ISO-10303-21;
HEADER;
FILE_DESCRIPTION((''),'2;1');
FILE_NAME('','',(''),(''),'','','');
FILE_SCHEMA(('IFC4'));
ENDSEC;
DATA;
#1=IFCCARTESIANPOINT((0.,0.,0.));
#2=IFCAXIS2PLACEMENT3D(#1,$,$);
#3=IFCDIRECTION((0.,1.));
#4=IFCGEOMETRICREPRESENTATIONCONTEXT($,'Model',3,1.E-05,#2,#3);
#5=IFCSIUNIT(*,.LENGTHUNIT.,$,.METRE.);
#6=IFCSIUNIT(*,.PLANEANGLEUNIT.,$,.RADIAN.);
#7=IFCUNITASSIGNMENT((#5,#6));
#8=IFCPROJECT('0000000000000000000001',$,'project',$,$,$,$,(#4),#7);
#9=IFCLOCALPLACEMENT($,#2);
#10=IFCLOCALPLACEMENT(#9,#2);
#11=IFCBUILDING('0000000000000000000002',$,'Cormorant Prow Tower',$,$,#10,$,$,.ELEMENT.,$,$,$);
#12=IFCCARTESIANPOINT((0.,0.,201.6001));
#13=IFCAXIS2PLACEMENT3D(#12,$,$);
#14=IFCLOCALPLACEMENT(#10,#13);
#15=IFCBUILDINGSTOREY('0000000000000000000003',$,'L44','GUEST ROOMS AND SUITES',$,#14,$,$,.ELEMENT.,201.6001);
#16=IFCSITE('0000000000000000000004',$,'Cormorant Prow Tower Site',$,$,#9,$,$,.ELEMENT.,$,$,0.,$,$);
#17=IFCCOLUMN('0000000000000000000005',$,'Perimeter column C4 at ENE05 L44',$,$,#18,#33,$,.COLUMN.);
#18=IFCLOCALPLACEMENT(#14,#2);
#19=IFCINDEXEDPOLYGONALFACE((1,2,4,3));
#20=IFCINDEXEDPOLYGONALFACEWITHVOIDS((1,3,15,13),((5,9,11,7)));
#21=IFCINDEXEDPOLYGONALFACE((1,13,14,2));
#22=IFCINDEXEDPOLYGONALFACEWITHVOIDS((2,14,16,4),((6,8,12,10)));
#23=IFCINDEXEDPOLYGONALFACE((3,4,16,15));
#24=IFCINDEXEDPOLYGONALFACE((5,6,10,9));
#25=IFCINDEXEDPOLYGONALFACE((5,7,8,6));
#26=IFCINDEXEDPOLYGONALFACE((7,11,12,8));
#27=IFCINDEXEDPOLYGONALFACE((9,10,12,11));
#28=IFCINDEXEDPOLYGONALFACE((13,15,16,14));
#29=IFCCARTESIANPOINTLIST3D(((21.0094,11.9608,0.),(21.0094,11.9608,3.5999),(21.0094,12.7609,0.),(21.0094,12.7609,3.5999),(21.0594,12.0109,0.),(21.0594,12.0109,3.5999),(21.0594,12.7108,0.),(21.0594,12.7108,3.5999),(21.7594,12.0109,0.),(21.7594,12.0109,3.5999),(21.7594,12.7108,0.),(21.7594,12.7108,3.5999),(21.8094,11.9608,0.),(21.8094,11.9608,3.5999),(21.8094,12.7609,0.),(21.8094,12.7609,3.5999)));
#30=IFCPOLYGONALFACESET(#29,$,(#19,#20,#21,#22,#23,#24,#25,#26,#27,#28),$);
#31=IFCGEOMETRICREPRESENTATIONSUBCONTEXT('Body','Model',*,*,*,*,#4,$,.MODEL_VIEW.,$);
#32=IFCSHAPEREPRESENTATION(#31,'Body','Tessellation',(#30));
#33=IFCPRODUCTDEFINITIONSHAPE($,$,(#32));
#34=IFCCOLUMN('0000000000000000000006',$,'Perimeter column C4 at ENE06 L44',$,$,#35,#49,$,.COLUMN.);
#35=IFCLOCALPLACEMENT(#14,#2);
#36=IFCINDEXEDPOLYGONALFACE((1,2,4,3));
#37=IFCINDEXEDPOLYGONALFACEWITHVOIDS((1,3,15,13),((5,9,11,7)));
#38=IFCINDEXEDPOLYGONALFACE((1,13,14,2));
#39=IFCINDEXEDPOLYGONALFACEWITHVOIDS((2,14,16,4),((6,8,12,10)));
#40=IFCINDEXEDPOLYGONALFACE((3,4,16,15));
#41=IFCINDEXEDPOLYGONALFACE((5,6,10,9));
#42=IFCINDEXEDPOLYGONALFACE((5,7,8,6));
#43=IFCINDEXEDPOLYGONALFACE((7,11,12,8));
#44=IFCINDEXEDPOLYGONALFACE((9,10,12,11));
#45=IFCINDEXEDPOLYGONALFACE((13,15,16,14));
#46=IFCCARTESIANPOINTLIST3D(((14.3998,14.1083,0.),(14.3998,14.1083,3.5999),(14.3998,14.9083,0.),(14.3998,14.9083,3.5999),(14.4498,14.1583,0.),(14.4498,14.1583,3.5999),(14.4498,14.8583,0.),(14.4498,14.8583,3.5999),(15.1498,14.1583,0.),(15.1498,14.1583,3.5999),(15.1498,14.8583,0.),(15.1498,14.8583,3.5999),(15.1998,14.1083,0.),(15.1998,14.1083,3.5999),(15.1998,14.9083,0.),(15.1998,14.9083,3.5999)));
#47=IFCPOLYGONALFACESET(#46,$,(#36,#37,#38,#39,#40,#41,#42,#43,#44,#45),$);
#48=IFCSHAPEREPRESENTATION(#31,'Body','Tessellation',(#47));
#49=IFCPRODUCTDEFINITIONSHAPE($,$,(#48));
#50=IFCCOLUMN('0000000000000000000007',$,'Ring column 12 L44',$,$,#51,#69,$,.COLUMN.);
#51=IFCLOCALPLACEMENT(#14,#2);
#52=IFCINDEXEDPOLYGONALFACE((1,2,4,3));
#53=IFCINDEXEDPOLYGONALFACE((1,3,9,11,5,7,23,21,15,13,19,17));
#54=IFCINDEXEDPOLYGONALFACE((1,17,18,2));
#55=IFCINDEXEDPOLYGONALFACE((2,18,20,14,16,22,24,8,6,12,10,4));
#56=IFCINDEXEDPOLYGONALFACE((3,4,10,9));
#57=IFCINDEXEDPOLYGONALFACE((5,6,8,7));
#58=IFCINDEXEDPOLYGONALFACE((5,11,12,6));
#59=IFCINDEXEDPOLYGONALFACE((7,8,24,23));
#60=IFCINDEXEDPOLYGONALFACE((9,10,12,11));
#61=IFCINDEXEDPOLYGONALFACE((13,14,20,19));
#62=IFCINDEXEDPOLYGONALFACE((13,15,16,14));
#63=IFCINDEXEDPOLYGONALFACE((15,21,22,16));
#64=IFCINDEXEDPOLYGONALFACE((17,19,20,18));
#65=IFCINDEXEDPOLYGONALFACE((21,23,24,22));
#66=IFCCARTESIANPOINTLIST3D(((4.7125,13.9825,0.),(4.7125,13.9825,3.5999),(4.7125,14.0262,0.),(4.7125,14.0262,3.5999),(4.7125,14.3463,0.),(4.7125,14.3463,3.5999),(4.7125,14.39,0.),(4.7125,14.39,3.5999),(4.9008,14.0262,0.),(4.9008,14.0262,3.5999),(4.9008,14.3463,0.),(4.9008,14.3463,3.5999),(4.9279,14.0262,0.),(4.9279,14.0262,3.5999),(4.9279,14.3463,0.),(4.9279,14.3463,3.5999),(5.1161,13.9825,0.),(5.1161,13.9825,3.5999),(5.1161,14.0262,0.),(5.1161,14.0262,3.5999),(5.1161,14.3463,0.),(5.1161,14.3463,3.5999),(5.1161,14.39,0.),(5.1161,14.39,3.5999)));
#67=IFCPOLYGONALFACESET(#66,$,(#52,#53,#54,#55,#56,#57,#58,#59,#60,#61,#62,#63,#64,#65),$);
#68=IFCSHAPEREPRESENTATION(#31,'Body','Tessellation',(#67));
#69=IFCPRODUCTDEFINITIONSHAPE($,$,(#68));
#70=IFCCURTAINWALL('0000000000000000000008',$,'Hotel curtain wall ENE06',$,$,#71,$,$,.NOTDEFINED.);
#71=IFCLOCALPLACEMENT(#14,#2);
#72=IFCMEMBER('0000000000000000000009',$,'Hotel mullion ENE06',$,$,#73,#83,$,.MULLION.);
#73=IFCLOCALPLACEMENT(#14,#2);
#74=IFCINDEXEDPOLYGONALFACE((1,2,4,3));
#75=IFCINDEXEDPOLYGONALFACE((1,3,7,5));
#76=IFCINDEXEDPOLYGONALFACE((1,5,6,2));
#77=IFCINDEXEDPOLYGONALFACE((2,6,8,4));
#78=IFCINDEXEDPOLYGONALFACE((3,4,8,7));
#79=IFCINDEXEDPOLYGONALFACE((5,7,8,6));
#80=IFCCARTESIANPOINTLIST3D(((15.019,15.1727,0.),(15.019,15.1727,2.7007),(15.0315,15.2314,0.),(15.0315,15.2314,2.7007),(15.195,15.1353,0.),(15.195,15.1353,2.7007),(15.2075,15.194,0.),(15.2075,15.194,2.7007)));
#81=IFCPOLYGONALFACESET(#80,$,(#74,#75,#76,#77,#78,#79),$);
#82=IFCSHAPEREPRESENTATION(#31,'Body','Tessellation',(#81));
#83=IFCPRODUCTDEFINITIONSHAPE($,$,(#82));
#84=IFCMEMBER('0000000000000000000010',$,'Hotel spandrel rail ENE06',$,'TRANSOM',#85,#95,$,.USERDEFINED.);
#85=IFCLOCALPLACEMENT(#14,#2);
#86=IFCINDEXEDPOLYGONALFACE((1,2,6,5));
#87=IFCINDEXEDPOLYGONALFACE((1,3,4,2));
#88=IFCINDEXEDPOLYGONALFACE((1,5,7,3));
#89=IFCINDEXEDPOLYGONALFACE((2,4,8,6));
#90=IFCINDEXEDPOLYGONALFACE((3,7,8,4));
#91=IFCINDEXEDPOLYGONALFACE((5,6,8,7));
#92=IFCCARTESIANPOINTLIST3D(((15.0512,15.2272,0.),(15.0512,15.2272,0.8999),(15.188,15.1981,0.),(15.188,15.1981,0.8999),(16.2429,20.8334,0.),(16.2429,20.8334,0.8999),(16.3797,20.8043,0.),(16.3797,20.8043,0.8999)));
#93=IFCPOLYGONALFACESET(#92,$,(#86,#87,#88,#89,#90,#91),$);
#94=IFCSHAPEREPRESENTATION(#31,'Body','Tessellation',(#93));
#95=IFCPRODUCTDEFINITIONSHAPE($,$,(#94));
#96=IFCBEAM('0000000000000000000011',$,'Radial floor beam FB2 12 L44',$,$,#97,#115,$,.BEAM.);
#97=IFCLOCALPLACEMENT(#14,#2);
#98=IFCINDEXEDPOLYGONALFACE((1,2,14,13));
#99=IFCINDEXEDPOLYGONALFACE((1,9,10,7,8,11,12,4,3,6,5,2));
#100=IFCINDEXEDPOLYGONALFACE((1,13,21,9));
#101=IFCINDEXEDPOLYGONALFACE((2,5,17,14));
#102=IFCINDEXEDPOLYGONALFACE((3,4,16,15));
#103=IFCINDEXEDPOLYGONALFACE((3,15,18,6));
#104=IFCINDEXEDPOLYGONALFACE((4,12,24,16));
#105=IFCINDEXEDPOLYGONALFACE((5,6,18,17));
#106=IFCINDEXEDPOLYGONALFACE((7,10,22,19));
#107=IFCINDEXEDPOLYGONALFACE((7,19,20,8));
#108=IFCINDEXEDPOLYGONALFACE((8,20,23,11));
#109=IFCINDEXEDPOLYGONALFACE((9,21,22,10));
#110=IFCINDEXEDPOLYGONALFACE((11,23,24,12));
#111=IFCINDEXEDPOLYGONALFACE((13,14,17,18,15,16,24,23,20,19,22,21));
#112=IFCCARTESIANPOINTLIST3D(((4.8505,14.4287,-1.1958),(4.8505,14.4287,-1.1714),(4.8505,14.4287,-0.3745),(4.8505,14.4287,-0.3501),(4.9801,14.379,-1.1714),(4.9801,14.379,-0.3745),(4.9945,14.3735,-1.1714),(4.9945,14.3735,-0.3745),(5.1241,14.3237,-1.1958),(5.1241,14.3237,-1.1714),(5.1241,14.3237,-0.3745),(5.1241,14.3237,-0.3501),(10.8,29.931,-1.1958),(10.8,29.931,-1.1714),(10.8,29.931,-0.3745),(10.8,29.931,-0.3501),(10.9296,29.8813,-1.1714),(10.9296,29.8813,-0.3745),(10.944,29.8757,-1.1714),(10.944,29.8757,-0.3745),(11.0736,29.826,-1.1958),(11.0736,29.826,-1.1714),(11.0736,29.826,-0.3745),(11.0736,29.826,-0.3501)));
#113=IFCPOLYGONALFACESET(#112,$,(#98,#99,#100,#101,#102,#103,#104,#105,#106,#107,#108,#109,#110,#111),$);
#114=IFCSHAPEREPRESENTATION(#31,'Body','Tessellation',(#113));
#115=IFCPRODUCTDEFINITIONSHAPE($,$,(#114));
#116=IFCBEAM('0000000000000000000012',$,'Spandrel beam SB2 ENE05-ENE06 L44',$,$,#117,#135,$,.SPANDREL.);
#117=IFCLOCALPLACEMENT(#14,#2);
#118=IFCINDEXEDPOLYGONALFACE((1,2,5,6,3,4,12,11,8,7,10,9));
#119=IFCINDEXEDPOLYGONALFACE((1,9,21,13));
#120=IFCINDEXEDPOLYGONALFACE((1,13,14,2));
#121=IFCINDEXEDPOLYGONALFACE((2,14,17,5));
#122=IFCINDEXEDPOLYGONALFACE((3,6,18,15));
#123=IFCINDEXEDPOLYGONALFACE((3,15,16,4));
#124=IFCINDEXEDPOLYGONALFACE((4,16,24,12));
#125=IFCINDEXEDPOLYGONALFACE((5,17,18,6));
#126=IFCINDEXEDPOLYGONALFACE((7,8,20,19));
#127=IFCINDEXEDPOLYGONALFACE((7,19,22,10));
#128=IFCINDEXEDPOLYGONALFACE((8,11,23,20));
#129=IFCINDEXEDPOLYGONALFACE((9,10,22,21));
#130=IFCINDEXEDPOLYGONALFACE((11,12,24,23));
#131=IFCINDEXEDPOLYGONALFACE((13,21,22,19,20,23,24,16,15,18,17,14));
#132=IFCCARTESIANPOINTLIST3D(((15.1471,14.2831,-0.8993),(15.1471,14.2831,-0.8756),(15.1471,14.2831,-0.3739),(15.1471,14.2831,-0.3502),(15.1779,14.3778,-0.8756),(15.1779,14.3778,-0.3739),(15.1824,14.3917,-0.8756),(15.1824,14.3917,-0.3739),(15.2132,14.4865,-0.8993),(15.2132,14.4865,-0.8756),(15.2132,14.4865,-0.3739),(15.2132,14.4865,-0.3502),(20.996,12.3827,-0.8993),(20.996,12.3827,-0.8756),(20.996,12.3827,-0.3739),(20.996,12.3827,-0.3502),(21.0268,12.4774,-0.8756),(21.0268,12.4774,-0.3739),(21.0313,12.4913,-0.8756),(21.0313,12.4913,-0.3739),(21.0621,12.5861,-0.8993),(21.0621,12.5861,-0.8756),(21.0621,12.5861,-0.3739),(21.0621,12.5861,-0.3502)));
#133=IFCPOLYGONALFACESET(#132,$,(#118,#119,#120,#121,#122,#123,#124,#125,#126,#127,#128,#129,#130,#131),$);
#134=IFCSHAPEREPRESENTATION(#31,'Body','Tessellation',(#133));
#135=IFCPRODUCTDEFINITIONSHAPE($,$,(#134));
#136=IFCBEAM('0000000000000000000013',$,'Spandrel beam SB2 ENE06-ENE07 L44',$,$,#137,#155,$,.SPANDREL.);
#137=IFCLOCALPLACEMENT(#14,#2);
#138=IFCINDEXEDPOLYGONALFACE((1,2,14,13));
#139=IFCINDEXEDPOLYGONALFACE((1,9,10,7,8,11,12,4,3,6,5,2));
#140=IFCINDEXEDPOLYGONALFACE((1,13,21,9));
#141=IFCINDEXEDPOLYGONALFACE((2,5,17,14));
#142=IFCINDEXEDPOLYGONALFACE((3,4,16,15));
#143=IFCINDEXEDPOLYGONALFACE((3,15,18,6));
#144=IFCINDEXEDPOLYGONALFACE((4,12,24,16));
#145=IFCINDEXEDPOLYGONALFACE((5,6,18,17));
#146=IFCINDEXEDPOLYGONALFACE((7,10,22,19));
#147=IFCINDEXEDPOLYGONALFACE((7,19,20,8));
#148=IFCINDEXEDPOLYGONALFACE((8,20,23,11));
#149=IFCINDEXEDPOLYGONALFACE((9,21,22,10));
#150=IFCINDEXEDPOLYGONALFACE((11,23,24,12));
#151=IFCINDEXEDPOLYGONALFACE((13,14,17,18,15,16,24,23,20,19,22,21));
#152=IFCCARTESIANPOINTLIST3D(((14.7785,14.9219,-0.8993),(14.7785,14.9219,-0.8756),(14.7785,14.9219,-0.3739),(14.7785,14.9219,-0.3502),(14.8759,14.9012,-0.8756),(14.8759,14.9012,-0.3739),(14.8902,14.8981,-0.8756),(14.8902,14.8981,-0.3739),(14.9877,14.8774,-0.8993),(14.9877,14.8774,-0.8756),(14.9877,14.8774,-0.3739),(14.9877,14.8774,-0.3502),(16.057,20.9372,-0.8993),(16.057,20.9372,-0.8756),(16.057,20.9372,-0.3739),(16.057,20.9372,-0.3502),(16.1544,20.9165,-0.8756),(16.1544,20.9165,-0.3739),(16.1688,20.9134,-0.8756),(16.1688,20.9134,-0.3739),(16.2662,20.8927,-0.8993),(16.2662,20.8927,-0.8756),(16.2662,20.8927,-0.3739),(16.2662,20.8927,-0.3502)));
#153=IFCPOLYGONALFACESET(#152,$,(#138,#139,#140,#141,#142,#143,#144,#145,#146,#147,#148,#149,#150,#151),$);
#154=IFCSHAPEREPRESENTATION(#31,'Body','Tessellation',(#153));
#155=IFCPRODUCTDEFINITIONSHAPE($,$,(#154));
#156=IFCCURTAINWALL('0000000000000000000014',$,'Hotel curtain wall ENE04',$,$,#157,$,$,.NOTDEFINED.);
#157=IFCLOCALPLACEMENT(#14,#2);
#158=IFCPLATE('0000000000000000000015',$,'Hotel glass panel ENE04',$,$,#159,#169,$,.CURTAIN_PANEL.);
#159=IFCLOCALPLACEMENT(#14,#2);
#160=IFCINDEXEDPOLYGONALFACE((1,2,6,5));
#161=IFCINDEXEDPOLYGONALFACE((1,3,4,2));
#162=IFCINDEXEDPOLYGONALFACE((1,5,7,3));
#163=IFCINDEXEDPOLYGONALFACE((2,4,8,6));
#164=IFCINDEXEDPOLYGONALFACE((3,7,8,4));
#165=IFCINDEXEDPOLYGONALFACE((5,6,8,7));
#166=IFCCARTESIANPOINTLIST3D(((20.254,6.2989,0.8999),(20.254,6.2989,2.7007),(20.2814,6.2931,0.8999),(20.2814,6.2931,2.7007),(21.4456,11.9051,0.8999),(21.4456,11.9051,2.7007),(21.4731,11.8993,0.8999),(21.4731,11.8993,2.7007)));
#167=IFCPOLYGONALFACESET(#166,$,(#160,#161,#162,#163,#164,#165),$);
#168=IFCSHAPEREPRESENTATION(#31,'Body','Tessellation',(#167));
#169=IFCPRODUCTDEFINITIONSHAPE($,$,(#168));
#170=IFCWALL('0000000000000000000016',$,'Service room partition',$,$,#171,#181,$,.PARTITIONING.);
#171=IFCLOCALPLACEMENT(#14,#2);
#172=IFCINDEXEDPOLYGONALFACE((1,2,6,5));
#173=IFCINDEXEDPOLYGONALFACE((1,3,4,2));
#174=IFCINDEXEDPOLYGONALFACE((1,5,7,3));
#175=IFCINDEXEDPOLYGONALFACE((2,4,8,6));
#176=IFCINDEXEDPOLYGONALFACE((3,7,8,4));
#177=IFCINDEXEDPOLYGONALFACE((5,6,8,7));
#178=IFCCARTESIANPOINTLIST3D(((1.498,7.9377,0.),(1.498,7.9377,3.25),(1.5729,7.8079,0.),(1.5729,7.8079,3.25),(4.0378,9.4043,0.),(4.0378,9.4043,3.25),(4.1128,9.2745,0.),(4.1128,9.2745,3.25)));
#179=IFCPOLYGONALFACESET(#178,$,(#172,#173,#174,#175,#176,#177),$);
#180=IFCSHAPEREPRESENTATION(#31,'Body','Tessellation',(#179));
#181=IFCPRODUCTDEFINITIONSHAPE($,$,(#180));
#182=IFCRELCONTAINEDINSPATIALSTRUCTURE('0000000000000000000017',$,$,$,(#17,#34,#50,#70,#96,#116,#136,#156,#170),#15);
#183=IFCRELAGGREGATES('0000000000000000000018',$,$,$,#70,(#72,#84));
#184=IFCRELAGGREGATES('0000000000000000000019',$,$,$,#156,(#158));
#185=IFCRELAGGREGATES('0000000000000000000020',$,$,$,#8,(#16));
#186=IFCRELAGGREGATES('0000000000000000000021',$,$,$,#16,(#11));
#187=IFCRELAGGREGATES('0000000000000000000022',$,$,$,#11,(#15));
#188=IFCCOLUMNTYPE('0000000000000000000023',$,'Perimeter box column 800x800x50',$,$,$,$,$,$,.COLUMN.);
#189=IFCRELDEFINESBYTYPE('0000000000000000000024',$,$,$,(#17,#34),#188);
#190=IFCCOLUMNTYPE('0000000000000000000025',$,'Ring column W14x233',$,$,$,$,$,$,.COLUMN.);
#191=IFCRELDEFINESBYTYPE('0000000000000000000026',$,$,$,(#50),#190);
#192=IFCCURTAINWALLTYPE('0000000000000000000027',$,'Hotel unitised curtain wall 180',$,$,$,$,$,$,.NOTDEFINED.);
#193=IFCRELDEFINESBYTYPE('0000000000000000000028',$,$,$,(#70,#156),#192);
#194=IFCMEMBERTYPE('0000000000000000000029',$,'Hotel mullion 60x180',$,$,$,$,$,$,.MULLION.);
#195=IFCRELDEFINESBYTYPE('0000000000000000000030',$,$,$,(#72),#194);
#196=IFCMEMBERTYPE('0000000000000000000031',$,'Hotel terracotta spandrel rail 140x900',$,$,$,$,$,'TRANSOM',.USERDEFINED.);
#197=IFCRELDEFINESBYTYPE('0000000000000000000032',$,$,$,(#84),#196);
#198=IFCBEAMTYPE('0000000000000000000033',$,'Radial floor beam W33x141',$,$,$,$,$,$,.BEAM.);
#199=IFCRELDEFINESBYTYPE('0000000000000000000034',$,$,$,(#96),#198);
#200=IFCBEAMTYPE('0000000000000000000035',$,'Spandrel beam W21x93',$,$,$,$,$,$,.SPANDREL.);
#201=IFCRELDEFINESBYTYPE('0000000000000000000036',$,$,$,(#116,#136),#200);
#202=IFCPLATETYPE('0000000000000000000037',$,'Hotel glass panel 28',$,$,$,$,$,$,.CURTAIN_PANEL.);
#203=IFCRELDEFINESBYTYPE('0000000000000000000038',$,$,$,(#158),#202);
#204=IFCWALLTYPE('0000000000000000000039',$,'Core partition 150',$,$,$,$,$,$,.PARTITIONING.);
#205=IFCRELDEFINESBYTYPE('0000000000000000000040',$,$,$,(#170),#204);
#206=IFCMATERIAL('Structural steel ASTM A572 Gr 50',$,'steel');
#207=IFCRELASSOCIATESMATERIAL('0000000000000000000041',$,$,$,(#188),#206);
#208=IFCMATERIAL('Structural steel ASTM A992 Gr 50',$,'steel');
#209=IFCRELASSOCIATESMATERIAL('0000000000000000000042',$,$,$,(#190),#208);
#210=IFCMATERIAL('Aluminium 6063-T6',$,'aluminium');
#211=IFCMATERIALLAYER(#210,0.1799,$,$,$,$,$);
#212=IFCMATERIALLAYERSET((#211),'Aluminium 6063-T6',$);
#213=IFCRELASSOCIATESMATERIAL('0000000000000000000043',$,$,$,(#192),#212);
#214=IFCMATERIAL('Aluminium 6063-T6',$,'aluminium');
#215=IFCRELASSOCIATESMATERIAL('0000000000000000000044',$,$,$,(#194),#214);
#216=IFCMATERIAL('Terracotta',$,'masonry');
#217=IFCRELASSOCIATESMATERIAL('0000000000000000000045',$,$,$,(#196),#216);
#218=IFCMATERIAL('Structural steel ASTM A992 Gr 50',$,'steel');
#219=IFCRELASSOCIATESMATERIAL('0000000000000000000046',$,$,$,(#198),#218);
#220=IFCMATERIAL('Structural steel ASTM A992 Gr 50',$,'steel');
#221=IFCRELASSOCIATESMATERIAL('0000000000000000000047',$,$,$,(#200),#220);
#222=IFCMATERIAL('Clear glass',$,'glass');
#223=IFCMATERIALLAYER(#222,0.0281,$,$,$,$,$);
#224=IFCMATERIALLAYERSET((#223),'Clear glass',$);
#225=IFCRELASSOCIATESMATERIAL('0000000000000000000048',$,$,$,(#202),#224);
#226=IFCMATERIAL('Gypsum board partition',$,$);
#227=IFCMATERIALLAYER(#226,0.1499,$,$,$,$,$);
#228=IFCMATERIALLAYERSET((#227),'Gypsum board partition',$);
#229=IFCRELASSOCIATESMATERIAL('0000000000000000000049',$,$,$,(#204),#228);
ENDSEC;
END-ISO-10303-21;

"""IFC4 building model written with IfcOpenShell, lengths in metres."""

from ifc_helpers import new_model, si_unit, direction, frame, frame_2d, origin, origin_2d, place, context, subcontext, project, spatial, rectangle, hollow_rectangle, i_section, extrude, material, layer, layer_set, material_profile, profile_set, type_object, element, aggregate, save


model = new_model("IFC4")

# Units and contexts
model_context = context("Model", 3, precision=1e-05, world=origin(), true_north=direction((0.0, 1.0)))
body_context = subcontext(model_context, "Body", "Model", "MODEL_VIEW")
ifc_project = project(units=[si_unit("LENGTHUNIT", "METRE"), si_unit("PLANEANGLEUNIT", "RADIAN")], contexts=[model_context])

# Site, building, storey
site_placement = place(None, origin())
site = spatial("IfcSite", under=ifc_project, at=site_placement, Name="Cormorant Prow Tower Site", CompositionType="ELEMENT", RefElevation=0.0)
building_placement = place(site_placement, origin())
building = spatial("IfcBuilding", under=site, at=building_placement, Name="Cormorant Prow Tower", CompositionType="ELEMENT")
storey_placement = place(building_placement, frame((0.0, 0.0, 201.6001)))
storey = spatial("IfcBuildingStorey", under=building, at=storey_placement, Name="L44", Description="GUEST ROOMS AND SUITES", CompositionType="ELEMENT", Elevation=201.6001)

# Columns
ifc_material_1 = material(Name="Structural steel ASTM A572 Gr 50", Category="steel")
ifc_material_profile_1 = material_profile(ifc_material_1, hollow_rectangle(XDim=0.8, YDim=0.8, WallThickness=0.05, at=origin_2d()), Name="Box 800x800x50")
ifc_profile_set_1 = profile_set([ifc_material_profile_1], Name="Structural steel ASTM A572 Gr 50")
column_type_1 = type_object("IfcColumnType", Name="Perimeter box column 800x800x50", PredefinedType="COLUMN", material=ifc_profile_set_1)
for number, where, z_axis, x_axis, name in (
    (1, (21.4094, 12.3608, 0.0), (0.0, 0.0, 1.0), (1.0, 0.0, 0.0), "Perimeter column C4 at ENE05 L44"),
    (2, (14.7998, 14.5083, 0.0), (0.0, 0.0, 1.0), (1.0, 0.0, 0.0), "Perimeter column C4 at ENE06 L44"),
):
    element("IfcColumn", number, at=place(storey_placement, frame(where, z_axis=z_axis, x_axis=x_axis)), inside=storey, type_object=column_type_1, Name=name, PredefinedType="COLUMN", context=body_context, shape_type="SweptSolid", body=[
        extrude(hollow_rectangle(XDim=0.8, YDim=0.8, WallThickness=0.05, at=origin_2d()), origin(), (0.0, 0.0, 1.0), 3.5999),
    ])
ifc_material_2 = material(Name="Structural steel ASTM A992 Gr 50", Category="steel")
ifc_material_profile_2 = material_profile(ifc_material_2, i_section(OverallWidth=0.4036, OverallDepth=0.4075, WebThickness=0.0271, FlangeThickness=0.0437, at=origin_2d()), Name="W14x233")
ifc_profile_set_2 = profile_set([ifc_material_profile_2], Name="Structural steel ASTM A992 Gr 50")
column_type_2 = type_object("IfcColumnType", Name="Ring column W14x233", PredefinedType="COLUMN", material=ifc_profile_set_2)
column_placement = place(storey_placement, frame((4.9143, 14.1863, 0.0), z_axis=(0.0, 0.0, 1.0), x_axis=(1.0, 0.0, 0.0)))
element("IfcColumn", 3, at=column_placement, inside=storey, type_object=column_type_2, Name="Ring column 12 L44", PredefinedType="COLUMN", context=body_context, shape_type="SweptSolid", body=[
    extrude(i_section(OverallWidth=0.4036, OverallDepth=0.4075, WebThickness=0.0271, FlangeThickness=0.0437, at=origin_2d()), origin(), (0.0, 0.0, 1.0), 3.5999),
])

# Curtain wall, members
ifc_material_3 = material(Name="Aluminium 6063-T6", Category="aluminium")
ifc_layer_1 = layer(ifc_material_3, 0.1799)
ifc_layer_set_1 = layer_set([ifc_layer_1], Name="Aluminium 6063-T6")
curtain_wall_type = type_object("IfcCurtainWallType", Name="Hotel unitised curtain wall 180", PredefinedType="NOTDEFINED", material=ifc_layer_set_1)
curtain_wall_1_placement = place(storey_placement, origin())
curtain_wall_1 = element("IfcCurtainWall", 4, at=curtain_wall_1_placement, inside=storey, type_object=curtain_wall_type, Name="Hotel curtain wall ENE06", PredefinedType="NOTDEFINED")
ifc_material_4 = material(Name="Aluminium 6063-T6", Category="aluminium")
ifc_material_profile_3 = material_profile(ifc_material_4, rectangle(XDim=0.1799, YDim=0.0601, at=origin_2d()), Name="Hotel mullion 60x180")
ifc_profile_set_3 = profile_set([ifc_material_profile_3], Name="Aluminium 6063-T6")
member_type_1 = type_object("IfcMemberType", Name="Hotel mullion 60x180", PredefinedType="MULLION", material=ifc_profile_set_3)
member_1_placement = place(storey_placement, frame((15.1133, 15.1833, 0.0), z_axis=(0.0, 0.0, 1.0), x_axis=(-0.978148, 0.207912, 0.0)))
member_1 = element("IfcMember", 5, at=member_1_placement, type_object=member_type_1, Name="Hotel mullion ENE06", PredefinedType="MULLION", context=body_context, shape_type="SweptSolid", body=[
    extrude(rectangle(XDim=0.1799, YDim=0.0601, at=origin_2d()), origin(), (0.0, 0.0, 1.0), 2.7007),
])
ifc_material_5 = material(Name="Terracotta", Category="masonry")
ifc_material_profile_4 = material_profile(ifc_material_5, rectangle(XDim=0.1399, YDim=0.8999, at=origin_2d()), Name="Hotel terracotta spandrel rail 140x900")
ifc_profile_set_4 = profile_set([ifc_material_profile_4], Name="Terracotta")
member_type_2 = type_object("IfcMemberType", Name="Hotel terracotta spandrel rail 140x900", ElementType="TRANSOM", PredefinedType="USERDEFINED", material=ifc_profile_set_4)
member_2_placement = place(storey_placement, frame((15.1196, 15.2126, 0.45), z_axis=(0.207914, 0.978147, 0.0), x_axis=(-0.978147, 0.207914, 0.0)))
member_2 = element("IfcMember", 6, at=member_2_placement, type_object=member_type_2, Name="Hotel spandrel rail ENE06", ObjectType="TRANSOM", PredefinedType="USERDEFINED", context=body_context, shape_type="SweptSolid", body=[
    extrude(rectangle(XDim=0.1399, YDim=0.8999, at=origin_2d()), origin(), (0.0, 0.0, 1.0), 5.7314),
])
aggregate(curtain_wall_1, [member_1, member_2])

# Beams
ifc_material_6 = material(Name="Structural steel ASTM A992 Gr 50", Category="steel")
ifc_material_profile_5 = material_profile(ifc_material_6, i_section(OverallWidth=0.293, OverallDepth=0.8457, WebThickness=0.0154, FlangeThickness=0.0244, at=origin_2d()), Name="W33x141")
ifc_profile_set_5 = profile_set([ifc_material_profile_5], Name="Structural steel ASTM A992 Gr 50")
beam_type_1 = type_object("IfcBeamType", Name="Radial floor beam W33x141", PredefinedType="BEAM", material=ifc_profile_set_5)
beam_1_placement = place(storey_placement, frame((4.9873, 14.3762, -0.7729), z_axis=(0.358301, 0.933606, 0.0), x_axis=(-0.933606, 0.358301, 0.0)))
element("IfcBeam", 7, at=beam_1_placement, inside=storey, type_object=beam_type_1, Name="Radial floor beam FB2 12 L44", PredefinedType="BEAM", context=body_context, shape_type="SweptSolid", body=[
    extrude(i_section(OverallWidth=0.293, OverallDepth=0.8457, WebThickness=0.0154, FlangeThickness=0.0244, at=origin_2d()), origin(), (0.0, 0.0, 1.0), 16.6047),
])
ifc_material_7 = material(Name="Structural steel ASTM A992 Gr 50", Category="steel")
ifc_material_profile_6 = material_profile(ifc_material_7, i_section(OverallWidth=0.2139, OverallDepth=0.5491, WebThickness=0.0146, FlangeThickness=0.0237, at=origin_2d()), Name="W21x93")
ifc_profile_set_6 = profile_set([ifc_material_profile_6], Name="Structural steel ASTM A992 Gr 50")
beam_type_2 = type_object("IfcBeamType", Name="Spandrel beam W21x93", PredefinedType="SPANDREL", material=ifc_profile_set_6)
beam_2_placement = place(storey_placement, frame((21.0291, 12.4844, -0.6248), z_axis=(-0.951058, 0.309013, 0.0), x_axis=(-0.309013, -0.951058, 0.0)))
element("IfcBeam", 8, at=beam_2_placement, inside=storey, type_object=beam_type_2, Name="Spandrel beam SB2 ENE05-ENE06 L44", PredefinedType="SPANDREL", context=body_context, shape_type="SweptSolid", body=[
    extrude(i_section(OverallWidth=0.2139, OverallDepth=0.5491, WebThickness=0.0146, FlangeThickness=0.0237, at=origin_2d()), origin(), (0.0, 0.0, 1.0), 6.1499),
])
beam_3_placement = place(storey_placement, frame((14.8831, 14.8997, -0.6248), z_axis=(0.207905, 0.978149, 0.0), x_axis=(-0.978149, 0.207905, 0.0)))
element("IfcBeam", 9, at=beam_3_placement, inside=storey, type_object=beam_type_2, Name="Spandrel beam SB2 ENE06-ENE07 L44", PredefinedType="SPANDREL", context=body_context, shape_type="SweptSolid", body=[
    extrude(i_section(OverallWidth=0.2139, OverallDepth=0.5491, WebThickness=0.0146, FlangeThickness=0.0237, at=origin_2d()), origin(), (0.0, 0.0, 1.0), 6.1497),
])

# Curtain wall, plate
curtain_wall_2_placement = place(storey_placement, origin())
curtain_wall_2 = element("IfcCurtainWall", 10, at=curtain_wall_2_placement, inside=storey, type_object=curtain_wall_type, Name="Hotel curtain wall ENE04", PredefinedType="NOTDEFINED")
ifc_material_8 = material(Name="Clear glass", Category="glass")
ifc_layer_2 = layer(ifc_material_8, 0.0281)
ifc_layer_set_2 = layer_set([ifc_layer_2], Name="Clear glass")
plate_type = type_object("IfcPlateType", Name="Hotel glass panel 28", PredefinedType="CURTAIN_PANEL", material=ifc_layer_set_2)
plate_placement = place(storey_placement, frame((20.8635, 9.0991, 0.8999), z_axis=(0.0, 0.0, 1.0), x_axis=(0.207912, 0.978148, 0.0)))
plate = element("IfcPlate", 11, at=plate_placement, type_object=plate_type, Name="Hotel glass panel ENE04", PredefinedType="CURTAIN_PANEL", context=body_context, shape_type="SweptSolid", body=[
    extrude(rectangle(XDim=5.7314, YDim=0.0281, at=origin_2d()), origin(), (0.0, 0.0, 1.0), 1.8008),
])
aggregate(curtain_wall_2, [plate])

# Wall
ifc_material_9 = material(Name="Gypsum board partition")
ifc_layer_3 = layer(ifc_material_9, 0.1499)
ifc_layer_set_3 = layer_set([ifc_layer_3], Name="Gypsum board partition")
wall_type_1 = type_object("IfcWallType", Name="Core partition 150", PredefinedType="PARTITIONING", material=ifc_layer_set_3)
wall_1_placement = place(storey_placement, frame((4.0752, 9.3394, 0.0), z_axis=(0.0, 0.0, 1.0), x_axis=(-0.865996, -0.500052, 0.0)))
element("IfcWall", 12, at=wall_1_placement, inside=storey, type_object=wall_type_1, Name="Service room partition", PredefinedType="PARTITIONING", context=body_context, shape_type="SweptSolid", body=[
    extrude(rectangle(XDim=2.9329, YDim=0.1499, at=frame_2d((1.4663, 0.0))), origin(), (0.0, 0.0, 1.0), 3.25),
])

save(model, "model.ifc")
